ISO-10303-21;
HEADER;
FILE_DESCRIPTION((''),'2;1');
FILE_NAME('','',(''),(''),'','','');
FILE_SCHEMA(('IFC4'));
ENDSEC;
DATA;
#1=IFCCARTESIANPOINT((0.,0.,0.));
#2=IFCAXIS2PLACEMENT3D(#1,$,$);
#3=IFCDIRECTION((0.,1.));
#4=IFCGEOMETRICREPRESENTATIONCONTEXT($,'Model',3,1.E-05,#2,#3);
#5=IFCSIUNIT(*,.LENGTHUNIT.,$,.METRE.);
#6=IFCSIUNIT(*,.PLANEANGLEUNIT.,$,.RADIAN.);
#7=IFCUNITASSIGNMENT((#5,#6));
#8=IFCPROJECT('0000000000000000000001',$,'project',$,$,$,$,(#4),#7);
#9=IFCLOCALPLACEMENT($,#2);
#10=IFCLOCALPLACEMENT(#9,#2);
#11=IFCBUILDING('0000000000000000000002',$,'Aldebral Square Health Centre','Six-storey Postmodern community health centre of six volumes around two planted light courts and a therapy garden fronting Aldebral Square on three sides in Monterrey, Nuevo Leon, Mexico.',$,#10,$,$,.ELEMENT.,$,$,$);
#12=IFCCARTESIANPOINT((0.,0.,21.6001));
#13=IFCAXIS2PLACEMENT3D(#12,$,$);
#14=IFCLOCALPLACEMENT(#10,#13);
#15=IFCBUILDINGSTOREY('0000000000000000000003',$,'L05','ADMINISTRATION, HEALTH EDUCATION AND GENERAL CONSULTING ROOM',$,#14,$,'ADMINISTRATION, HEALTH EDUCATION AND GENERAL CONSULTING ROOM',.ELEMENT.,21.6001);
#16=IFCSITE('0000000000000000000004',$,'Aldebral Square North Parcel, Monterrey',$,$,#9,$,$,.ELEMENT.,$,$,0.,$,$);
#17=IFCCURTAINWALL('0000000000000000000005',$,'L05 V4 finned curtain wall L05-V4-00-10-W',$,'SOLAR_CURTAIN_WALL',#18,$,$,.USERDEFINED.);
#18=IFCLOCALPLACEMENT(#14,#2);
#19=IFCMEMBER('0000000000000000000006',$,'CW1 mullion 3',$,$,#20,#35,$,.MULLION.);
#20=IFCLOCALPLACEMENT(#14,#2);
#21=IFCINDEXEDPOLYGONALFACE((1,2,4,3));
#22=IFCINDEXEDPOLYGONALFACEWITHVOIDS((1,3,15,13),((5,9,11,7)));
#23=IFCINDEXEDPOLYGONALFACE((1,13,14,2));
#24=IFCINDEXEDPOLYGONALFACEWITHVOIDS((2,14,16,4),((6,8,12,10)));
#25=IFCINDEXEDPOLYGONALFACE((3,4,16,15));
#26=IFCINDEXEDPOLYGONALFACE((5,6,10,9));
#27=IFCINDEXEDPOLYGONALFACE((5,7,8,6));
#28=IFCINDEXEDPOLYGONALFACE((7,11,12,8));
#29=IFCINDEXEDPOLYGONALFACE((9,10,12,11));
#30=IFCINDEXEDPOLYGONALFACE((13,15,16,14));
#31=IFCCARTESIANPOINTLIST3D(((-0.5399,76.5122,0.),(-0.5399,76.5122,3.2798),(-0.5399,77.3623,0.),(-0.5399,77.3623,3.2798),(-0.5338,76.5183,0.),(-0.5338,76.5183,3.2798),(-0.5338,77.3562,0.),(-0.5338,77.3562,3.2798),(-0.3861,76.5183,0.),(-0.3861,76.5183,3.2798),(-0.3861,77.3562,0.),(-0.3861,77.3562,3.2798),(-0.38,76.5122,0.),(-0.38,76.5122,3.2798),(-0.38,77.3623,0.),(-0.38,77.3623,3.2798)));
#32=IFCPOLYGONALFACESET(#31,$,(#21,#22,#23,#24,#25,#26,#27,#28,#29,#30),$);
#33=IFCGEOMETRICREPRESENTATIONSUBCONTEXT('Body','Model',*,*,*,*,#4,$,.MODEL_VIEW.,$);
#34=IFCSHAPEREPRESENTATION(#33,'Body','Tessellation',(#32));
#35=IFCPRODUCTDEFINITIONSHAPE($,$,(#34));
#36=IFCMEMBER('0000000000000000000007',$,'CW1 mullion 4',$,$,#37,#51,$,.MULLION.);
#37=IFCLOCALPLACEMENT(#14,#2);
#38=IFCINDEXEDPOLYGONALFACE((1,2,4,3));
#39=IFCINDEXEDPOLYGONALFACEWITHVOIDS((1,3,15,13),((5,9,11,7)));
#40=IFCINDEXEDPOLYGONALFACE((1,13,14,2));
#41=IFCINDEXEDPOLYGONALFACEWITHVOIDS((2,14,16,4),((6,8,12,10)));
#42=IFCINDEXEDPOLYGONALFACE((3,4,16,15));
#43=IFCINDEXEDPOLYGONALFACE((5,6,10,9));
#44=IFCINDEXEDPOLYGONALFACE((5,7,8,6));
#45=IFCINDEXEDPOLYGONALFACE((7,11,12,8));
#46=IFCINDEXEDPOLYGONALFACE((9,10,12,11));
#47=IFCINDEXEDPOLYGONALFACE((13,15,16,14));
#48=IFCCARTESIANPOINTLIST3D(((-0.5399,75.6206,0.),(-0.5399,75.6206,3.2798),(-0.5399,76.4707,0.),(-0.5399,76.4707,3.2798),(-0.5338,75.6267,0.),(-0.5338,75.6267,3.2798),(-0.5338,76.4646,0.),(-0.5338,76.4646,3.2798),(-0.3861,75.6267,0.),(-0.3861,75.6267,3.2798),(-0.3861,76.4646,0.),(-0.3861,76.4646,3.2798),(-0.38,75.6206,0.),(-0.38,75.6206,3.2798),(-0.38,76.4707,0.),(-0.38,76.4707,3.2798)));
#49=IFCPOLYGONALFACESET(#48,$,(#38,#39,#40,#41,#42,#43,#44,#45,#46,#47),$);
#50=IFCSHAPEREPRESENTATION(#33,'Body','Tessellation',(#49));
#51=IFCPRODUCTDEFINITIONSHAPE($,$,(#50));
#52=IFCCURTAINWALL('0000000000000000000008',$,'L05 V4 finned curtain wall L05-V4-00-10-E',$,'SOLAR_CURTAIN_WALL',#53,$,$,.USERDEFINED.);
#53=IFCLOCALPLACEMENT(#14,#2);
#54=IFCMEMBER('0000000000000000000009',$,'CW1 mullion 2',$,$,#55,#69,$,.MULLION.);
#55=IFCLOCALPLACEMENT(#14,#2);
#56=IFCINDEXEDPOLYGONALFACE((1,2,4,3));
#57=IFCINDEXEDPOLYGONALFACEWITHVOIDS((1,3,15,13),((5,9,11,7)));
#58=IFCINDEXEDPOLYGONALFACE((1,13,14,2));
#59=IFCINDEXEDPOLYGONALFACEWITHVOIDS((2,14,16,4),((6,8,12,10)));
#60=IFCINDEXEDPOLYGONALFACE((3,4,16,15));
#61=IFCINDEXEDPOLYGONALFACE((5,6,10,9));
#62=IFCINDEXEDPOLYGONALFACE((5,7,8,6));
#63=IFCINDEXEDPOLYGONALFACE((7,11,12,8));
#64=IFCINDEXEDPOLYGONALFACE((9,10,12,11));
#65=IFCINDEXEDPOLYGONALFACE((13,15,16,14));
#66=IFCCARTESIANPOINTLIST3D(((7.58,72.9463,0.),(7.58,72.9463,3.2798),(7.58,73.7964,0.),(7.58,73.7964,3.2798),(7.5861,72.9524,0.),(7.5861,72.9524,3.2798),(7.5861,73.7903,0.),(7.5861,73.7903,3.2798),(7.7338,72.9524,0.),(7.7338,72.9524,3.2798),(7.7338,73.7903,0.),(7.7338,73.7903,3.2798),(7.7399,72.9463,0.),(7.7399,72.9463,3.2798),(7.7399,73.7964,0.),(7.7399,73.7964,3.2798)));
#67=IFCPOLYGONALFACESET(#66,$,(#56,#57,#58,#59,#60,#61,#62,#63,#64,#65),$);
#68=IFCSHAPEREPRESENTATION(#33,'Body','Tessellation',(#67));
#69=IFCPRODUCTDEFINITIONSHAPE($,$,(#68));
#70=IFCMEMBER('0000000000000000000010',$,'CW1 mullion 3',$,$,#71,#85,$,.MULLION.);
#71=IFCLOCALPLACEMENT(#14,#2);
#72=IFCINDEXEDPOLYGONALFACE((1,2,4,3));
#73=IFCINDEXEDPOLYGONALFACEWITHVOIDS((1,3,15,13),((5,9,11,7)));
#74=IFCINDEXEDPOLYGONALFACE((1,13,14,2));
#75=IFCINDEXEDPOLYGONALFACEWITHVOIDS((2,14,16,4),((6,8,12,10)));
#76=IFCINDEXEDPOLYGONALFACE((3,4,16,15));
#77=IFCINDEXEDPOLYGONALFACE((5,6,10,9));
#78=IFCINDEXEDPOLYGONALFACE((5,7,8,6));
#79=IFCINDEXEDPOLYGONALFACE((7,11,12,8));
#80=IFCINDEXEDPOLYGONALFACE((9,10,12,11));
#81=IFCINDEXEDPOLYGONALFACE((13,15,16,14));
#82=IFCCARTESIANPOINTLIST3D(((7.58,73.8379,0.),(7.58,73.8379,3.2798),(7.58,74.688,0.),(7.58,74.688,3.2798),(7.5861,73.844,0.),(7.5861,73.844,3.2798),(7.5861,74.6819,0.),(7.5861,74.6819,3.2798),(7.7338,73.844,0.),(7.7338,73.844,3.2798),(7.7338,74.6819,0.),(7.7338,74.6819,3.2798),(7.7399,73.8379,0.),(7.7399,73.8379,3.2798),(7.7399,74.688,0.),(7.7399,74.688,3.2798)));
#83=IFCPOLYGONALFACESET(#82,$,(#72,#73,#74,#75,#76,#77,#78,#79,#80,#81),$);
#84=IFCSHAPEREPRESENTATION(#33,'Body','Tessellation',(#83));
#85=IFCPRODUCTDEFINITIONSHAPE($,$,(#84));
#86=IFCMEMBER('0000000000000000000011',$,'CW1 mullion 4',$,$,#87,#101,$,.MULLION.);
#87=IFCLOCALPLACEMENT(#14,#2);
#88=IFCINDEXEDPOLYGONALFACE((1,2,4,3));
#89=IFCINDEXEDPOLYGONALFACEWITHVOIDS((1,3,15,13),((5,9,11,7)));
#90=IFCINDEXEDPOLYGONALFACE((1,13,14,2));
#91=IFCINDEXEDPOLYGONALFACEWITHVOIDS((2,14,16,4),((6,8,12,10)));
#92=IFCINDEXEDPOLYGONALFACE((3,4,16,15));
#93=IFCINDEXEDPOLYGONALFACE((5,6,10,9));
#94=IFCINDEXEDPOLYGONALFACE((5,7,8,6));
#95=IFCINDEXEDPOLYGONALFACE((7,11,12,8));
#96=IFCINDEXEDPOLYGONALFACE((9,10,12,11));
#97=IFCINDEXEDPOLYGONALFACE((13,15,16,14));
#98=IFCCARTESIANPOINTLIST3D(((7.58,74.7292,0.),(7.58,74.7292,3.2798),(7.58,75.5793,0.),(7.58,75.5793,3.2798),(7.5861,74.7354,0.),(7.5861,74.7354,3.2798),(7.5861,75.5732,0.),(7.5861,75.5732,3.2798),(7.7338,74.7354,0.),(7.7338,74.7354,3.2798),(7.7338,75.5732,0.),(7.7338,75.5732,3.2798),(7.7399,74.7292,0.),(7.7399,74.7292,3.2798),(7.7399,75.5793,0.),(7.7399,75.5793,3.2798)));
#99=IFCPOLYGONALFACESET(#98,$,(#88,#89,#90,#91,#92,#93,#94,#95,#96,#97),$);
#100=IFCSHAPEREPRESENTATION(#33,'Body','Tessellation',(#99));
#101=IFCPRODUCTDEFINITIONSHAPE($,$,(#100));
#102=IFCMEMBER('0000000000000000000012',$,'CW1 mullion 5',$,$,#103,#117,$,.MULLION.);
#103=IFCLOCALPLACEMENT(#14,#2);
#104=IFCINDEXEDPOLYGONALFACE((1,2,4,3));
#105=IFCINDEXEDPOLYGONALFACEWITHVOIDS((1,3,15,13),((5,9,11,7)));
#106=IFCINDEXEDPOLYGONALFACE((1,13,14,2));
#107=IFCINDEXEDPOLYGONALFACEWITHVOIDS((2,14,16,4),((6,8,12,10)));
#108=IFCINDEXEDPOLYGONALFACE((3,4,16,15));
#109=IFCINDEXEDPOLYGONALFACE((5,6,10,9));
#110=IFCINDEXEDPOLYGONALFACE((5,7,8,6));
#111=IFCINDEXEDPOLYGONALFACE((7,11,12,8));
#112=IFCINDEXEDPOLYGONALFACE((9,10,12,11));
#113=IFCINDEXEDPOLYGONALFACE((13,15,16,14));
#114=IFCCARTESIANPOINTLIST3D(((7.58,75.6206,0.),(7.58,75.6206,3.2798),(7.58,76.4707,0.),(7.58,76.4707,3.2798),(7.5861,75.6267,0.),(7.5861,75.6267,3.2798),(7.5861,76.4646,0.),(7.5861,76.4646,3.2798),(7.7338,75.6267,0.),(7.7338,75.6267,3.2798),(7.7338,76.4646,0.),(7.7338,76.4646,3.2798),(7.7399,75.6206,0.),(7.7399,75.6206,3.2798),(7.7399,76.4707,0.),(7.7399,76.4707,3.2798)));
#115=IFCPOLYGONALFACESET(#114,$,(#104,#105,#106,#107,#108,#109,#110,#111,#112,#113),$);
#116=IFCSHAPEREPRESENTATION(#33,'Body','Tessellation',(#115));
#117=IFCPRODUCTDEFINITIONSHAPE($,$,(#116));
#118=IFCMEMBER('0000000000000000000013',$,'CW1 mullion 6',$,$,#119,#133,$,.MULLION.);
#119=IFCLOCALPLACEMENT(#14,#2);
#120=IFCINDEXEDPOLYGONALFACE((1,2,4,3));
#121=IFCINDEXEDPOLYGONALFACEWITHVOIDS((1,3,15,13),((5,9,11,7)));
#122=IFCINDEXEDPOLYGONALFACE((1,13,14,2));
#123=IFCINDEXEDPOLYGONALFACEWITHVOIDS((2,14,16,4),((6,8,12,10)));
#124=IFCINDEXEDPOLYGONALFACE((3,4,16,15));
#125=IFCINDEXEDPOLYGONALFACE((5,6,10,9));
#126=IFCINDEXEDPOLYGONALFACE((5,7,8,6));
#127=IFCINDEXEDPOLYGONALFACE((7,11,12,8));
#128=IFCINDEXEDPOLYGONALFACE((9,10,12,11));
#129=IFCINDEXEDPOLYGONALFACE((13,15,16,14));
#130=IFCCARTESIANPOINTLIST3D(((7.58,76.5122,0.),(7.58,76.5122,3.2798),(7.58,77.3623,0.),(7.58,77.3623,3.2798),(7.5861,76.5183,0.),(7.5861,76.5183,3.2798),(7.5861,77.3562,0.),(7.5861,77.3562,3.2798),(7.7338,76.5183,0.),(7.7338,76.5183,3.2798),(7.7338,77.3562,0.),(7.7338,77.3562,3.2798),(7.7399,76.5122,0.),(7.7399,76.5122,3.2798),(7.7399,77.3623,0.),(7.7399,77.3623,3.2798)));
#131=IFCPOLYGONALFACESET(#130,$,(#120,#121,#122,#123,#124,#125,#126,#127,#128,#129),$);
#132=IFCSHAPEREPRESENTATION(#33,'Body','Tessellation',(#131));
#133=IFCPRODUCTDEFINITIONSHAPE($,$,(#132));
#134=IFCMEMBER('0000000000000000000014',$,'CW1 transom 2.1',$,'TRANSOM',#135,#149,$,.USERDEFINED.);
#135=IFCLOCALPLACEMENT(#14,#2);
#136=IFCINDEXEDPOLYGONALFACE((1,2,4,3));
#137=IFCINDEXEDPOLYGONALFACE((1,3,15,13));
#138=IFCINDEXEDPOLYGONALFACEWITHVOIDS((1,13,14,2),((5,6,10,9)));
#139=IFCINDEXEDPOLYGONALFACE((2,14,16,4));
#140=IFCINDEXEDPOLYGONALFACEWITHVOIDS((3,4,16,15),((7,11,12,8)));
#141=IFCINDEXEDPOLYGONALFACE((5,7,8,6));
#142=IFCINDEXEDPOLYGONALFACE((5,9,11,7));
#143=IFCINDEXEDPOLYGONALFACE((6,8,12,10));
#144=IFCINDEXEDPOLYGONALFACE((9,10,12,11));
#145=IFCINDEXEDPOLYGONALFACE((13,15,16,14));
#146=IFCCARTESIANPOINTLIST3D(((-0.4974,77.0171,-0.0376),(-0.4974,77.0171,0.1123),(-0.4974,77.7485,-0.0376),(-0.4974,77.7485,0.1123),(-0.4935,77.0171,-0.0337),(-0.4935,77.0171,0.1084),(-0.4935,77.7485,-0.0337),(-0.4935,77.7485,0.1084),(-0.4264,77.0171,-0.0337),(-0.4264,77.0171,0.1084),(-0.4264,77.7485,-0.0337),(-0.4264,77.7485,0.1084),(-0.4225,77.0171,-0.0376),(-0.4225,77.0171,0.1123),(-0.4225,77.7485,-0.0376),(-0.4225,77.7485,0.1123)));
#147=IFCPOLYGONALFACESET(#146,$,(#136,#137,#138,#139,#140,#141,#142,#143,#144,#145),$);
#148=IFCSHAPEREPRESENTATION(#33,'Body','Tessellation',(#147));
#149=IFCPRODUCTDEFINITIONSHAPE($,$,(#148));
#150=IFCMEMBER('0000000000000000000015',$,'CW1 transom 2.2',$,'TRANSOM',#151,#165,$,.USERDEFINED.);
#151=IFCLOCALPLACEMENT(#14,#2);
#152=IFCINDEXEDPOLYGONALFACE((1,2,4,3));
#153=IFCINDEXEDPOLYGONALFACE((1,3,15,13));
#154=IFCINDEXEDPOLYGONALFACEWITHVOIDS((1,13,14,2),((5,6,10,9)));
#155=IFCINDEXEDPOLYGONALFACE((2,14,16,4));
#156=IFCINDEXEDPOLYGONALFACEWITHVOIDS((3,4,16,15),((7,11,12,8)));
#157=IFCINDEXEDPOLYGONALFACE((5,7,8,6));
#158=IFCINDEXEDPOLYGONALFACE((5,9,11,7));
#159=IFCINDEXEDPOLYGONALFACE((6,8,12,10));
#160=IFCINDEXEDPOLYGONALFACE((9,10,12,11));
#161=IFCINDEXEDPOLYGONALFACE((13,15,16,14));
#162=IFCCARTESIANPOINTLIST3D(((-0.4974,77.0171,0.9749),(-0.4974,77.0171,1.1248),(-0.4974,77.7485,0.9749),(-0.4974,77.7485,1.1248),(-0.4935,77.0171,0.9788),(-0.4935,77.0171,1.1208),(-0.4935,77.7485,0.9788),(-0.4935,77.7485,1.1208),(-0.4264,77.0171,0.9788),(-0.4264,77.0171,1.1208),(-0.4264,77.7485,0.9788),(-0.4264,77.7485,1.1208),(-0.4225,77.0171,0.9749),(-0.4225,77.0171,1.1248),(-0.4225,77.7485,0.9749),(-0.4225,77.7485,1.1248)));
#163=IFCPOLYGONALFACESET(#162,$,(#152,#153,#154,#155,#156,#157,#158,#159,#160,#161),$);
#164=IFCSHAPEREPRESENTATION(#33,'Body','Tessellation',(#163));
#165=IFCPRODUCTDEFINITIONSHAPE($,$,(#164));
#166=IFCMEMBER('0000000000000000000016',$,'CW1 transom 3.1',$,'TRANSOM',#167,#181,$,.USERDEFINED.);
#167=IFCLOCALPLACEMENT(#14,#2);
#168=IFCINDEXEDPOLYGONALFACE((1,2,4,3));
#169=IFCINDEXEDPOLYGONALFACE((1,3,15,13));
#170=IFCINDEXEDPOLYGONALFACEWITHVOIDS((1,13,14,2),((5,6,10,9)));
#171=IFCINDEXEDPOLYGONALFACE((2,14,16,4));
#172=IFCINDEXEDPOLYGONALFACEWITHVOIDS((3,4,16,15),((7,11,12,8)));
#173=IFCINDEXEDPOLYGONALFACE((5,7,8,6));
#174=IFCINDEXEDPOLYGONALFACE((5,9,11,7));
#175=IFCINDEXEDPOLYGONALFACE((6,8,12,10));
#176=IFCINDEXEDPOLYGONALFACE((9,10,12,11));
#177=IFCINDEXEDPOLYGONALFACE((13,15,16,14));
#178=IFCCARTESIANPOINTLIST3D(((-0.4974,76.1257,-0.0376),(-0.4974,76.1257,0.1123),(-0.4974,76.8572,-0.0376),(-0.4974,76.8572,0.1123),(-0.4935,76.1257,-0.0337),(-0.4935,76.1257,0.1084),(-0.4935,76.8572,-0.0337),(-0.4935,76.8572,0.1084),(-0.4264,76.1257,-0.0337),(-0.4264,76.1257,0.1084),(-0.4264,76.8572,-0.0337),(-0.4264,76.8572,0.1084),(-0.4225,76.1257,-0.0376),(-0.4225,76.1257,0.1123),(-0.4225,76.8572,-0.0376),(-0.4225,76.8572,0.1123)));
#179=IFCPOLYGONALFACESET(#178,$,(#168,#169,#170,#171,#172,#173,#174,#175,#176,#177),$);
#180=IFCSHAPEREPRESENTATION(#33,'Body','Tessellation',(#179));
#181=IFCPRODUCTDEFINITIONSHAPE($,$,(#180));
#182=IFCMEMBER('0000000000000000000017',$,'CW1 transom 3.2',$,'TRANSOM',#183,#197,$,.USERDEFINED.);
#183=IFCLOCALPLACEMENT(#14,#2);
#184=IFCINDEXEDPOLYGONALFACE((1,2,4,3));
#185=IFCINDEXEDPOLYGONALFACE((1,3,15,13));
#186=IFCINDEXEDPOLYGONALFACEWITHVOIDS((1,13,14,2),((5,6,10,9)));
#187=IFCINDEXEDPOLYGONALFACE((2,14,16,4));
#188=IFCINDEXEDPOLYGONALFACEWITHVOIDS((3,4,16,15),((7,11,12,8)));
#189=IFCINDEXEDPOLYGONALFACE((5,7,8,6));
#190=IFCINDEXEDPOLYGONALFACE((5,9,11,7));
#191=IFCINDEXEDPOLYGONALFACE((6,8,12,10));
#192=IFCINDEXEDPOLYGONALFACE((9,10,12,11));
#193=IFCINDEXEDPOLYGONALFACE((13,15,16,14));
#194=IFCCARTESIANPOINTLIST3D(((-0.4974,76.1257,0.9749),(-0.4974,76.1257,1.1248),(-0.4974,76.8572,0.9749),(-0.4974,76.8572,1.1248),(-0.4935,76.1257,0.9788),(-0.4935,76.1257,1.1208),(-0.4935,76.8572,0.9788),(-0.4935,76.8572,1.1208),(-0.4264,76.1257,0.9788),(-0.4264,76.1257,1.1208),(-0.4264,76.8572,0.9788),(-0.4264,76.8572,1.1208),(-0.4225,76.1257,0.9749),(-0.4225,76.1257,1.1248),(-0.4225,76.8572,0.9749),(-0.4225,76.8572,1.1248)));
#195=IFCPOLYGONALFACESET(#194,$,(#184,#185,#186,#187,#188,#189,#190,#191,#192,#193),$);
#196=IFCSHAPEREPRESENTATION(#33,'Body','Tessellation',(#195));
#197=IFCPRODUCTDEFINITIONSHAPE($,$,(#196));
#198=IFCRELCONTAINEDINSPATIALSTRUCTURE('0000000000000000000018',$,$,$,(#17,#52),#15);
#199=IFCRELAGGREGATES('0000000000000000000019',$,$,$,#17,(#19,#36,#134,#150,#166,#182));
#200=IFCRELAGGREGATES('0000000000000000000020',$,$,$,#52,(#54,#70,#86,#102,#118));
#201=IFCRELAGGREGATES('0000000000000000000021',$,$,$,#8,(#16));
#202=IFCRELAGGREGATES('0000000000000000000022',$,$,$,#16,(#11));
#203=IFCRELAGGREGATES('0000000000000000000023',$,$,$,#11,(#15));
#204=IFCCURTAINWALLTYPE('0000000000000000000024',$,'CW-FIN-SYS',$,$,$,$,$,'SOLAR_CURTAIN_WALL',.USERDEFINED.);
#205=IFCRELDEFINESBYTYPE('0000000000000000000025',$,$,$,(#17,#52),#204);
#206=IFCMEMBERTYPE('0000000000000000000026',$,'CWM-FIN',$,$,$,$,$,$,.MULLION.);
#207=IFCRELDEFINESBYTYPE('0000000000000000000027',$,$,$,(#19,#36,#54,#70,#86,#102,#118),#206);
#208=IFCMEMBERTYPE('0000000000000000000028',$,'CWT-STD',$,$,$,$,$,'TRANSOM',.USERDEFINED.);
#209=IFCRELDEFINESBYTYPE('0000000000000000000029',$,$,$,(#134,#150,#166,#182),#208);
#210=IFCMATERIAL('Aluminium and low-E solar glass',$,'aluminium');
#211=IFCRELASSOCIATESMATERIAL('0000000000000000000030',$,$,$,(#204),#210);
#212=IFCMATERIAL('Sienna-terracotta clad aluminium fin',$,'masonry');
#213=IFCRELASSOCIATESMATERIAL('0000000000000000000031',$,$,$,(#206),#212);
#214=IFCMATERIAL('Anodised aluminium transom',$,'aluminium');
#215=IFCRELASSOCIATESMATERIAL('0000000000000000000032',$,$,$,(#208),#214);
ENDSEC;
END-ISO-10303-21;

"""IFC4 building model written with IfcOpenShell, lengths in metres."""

from ifc_helpers import new_model, si_unit, direction, frame, origin, origin_2d, place, context, subcontext, project, spatial, hollow_rectangle, extrude, material, material_profile, profile_set, type_object, element, aggregate, save


model = new_model("IFC4")

# Units and contexts
model_context = context("Model", 3, precision=1e-05, world=origin(), true_north=direction((0.0, 1.0)))
body_context = subcontext(model_context, "Body", "Model", "MODEL_VIEW")
ifc_project = project(units=[si_unit("LENGTHUNIT", "METRE"), si_unit("PLANEANGLEUNIT", "RADIAN")], contexts=[model_context])

# Site, building, storey
site_placement = place(None, origin())
site = spatial("IfcSite", under=ifc_project, at=site_placement, Name="Aldebral Square North Parcel, Monterrey", CompositionType="ELEMENT", RefElevation=0.0)
building_placement = place(site_placement, origin())
building = spatial("IfcBuilding", under=site, at=building_placement, Name="Aldebral Square Health Centre", Description="Six-storey Postmodern community health centre of six volumes around two planted light courts and a therapy garden fronting Aldebral Square on three sides in Monterrey, Nuevo Leon, Mexico.", CompositionType="ELEMENT")
storey_placement = place(building_placement, frame((0.0, 0.0, 21.6001)))
storey = spatial("IfcBuildingStorey", under=building, at=storey_placement, Name="L05", Description="ADMINISTRATION, HEALTH EDUCATION AND GENERAL CONSULTING ROOM", LongName="ADMINISTRATION, HEALTH EDUCATION AND GENERAL CONSULTING ROOM", CompositionType="ELEMENT", Elevation=21.6001)

# Curtain walls, members
ifc_material_1 = material(Name="Aluminium and low-E solar glass", Category="aluminium")
curtain_wall_type = type_object("IfcCurtainWallType", Name="CW-FIN-SYS", ElementType="SOLAR_CURTAIN_WALL", PredefinedType="USERDEFINED", material=ifc_material_1)
curtain_wall_1_placement = place(storey_placement, origin())
curtain_wall_1 = element("IfcCurtainWall", 1, at=curtain_wall_1_placement, inside=storey, type_object=curtain_wall_type, Name="L05 V4 finned curtain wall L05-V4-00-10-W", ObjectType="SOLAR_CURTAIN_WALL", PredefinedType="USERDEFINED")
ifc_material_2 = material(Name="Sienna-terracotta clad aluminium fin", Category="masonry")
ifc_material_profile_1 = material_profile(ifc_material_2, hollow_rectangle(XDim=0.1599, YDim=0.8501, WallThickness=0.0061, at=origin_2d()), Name="FIN 160x850x6")
ifc_profile_set_1 = profile_set([ifc_material_profile_1], Name="Sienna-terracotta clad aluminium fin")
member_type_1 = type_object("IfcMemberType", Name="CWM-FIN", PredefinedType="MULLION", material=ifc_profile_set_1)
member_1_placement = place(storey_placement, frame((-0.46, 76.9373, 0.0), z_axis=(0.0, 0.0, 1.0), x_axis=(1.0, 0.0, 0.0)))
member_1 = element("IfcMember", 2, at=member_1_placement, type_object=member_type_1, Name="CW1 mullion 3", PredefinedType="MULLION", context=body_context, shape_type="SweptSolid", body=[
    extrude(hollow_rectangle(XDim=0.1599, YDim=0.8501, WallThickness=0.0061, at=origin_2d()), origin(), (0.0, 0.0, 1.0), 3.2798),
])
member_2_placement = place(storey_placement, frame((-0.46, 76.0457, 0.0), z_axis=(0.0, 0.0, 1.0), x_axis=(1.0, 0.0, 0.0)))
member_2 = element("IfcMember", 3, at=member_2_placement, type_object=member_type_1, Name="CW1 mullion 4", PredefinedType="MULLION", context=body_context, shape_type="SweptSolid", body=[
    extrude(hollow_rectangle(XDim=0.1599, YDim=0.8501, WallThickness=0.0061, at=origin_2d()), origin(), (0.0, 0.0, 1.0), 3.2798),
])
curtain_wall_2_placement = place(storey_placement, origin())
curtain_wall_2 = element("IfcCurtainWall", 4, at=curtain_wall_2_placement, inside=storey, type_object=curtain_wall_type, Name="L05 V4 finned curtain wall L05-V4-00-10-E", ObjectType="SOLAR_CURTAIN_WALL", PredefinedType="USERDEFINED")
member_3_placement = place(storey_placement, frame((7.6599, 73.3713, 0.0), z_axis=(0.0, 0.0, 1.0), x_axis=(-1.0, 0.0, 0.0)))
member_3 = element("IfcMember", 5, at=member_3_placement, type_object=member_type_1, Name="CW1 mullion 2", PredefinedType="MULLION", context=body_context, shape_type="SweptSolid", body=[
    extrude(hollow_rectangle(XDim=0.1599, YDim=0.8501, WallThickness=0.0061, at=origin_2d()), origin(), (0.0, 0.0, 1.0), 3.2798),
])
member_4_placement = place(storey_placement, frame((7.6599, 74.2629, 0.0), z_axis=(0.0, 0.0, 1.0), x_axis=(-1.0, 0.0, 0.0)))
member_4 = element("IfcMember", 6, at=member_4_placement, type_object=member_type_1, Name="CW1 mullion 3", PredefinedType="MULLION", context=body_context, shape_type="SweptSolid", body=[
    extrude(hollow_rectangle(XDim=0.1599, YDim=0.8501, WallThickness=0.0061, at=origin_2d()), origin(), (0.0, 0.0, 1.0), 3.2798),
])
member_5_placement = place(storey_placement, frame((7.6599, 75.1543, 0.0), z_axis=(0.0, 0.0, 1.0), x_axis=(-1.0, 0.0, 0.0)))
member_5 = element("IfcMember", 7, at=member_5_placement, type_object=member_type_1, Name="CW1 mullion 4", PredefinedType="MULLION", context=body_context, shape_type="SweptSolid", body=[
    extrude(hollow_rectangle(XDim=0.1599, YDim=0.8501, WallThickness=0.0061, at=origin_2d()), origin(), (0.0, 0.0, 1.0), 3.2798),
])
member_6_placement = place(storey_placement, frame((7.6599, 76.0457, 0.0), z_axis=(0.0, 0.0, 1.0), x_axis=(-1.0, 0.0, 0.0)))
member_6 = element("IfcMember", 8, at=member_6_placement, type_object=member_type_1, Name="CW1 mullion 5", PredefinedType="MULLION", context=body_context, shape_type="SweptSolid", body=[
    extrude(hollow_rectangle(XDim=0.1599, YDim=0.8501, WallThickness=0.0061, at=origin_2d()), origin(), (0.0, 0.0, 1.0), 3.2798),
])
member_7_placement = place(storey_placement, frame((7.6599, 76.9373, 0.0), z_axis=(0.0, 0.0, 1.0), x_axis=(-1.0, 0.0, 0.0)))
member_7 = element("IfcMember", 9, at=member_7_placement, type_object=member_type_1, Name="CW1 mullion 6", PredefinedType="MULLION", context=body_context, shape_type="SweptSolid", body=[
    extrude(hollow_rectangle(XDim=0.1599, YDim=0.8501, WallThickness=0.0061, at=origin_2d()), origin(), (0.0, 0.0, 1.0), 3.2798),
])

# Members
ifc_material_3 = material(Name="Anodised aluminium transom", Category="aluminium")
ifc_material_profile_2 = material_profile(ifc_material_3, hollow_rectangle(XDim=0.075, YDim=0.1499, WallThickness=0.0039, at=origin_2d()), Name="CWT 75x150x4")
ifc_profile_set_2 = profile_set([ifc_material_profile_2], Name="Anodised aluminium transom")
member_type_2 = type_object("IfcMemberType", Name="CWT-STD", ElementType="TRANSOM", PredefinedType="USERDEFINED", material=ifc_profile_set_2)
member_8_placement = place(storey_placement, frame((-0.46, 77.7485, 0.0374), z_axis=(0.0, -1.0, 0.0), x_axis=(1.0, 0.0, 0.0)))
member_8 = element("IfcMember", 10, at=member_8_placement, type_object=member_type_2, Name="CW1 transom 2.1", ObjectType="TRANSOM", PredefinedType="USERDEFINED", context=body_context, shape_type="SweptSolid", body=[
    extrude(hollow_rectangle(XDim=0.075, YDim=0.1499, WallThickness=0.0039, at=origin_2d()), origin(), (0.0, 0.0, 1.0), 0.7314),
])
member_9_placement = place(storey_placement, frame((-0.46, 77.7485, 1.0498), z_axis=(0.0, -1.0, 0.0), x_axis=(1.0, 0.0, 0.0)))
member_9 = element("IfcMember", 11, at=member_9_placement, type_object=member_type_2, Name="CW1 transom 2.2", ObjectType="TRANSOM", PredefinedType="USERDEFINED", context=body_context, shape_type="SweptSolid", body=[
    extrude(hollow_rectangle(XDim=0.075, YDim=0.1499, WallThickness=0.0039, at=origin_2d()), origin(), (0.0, 0.0, 1.0), 0.7314),
])
member_10_placement = place(storey_placement, frame((-0.46, 76.8572, 0.0374), z_axis=(0.0, -1.0, 0.0), x_axis=(1.0, 0.0, 0.0)))
member_10 = element("IfcMember", 12, at=member_10_placement, type_object=member_type_2, Name="CW1 transom 3.1", ObjectType="TRANSOM", PredefinedType="USERDEFINED", context=body_context, shape_type="SweptSolid", body=[
    extrude(hollow_rectangle(XDim=0.075, YDim=0.1499, WallThickness=0.0039, at=origin_2d()), origin(), (0.0, 0.0, 1.0), 0.7314),
])
member_11_placement = place(storey_placement, frame((-0.46, 76.8572, 1.0498), z_axis=(0.0, -1.0, 0.0), x_axis=(1.0, 0.0, 0.0)))
member_11 = element("IfcMember", 13, at=member_11_placement, type_object=member_type_2, Name="CW1 transom 3.2", ObjectType="TRANSOM", PredefinedType="USERDEFINED", context=body_context, shape_type="SweptSolid", body=[
    extrude(hollow_rectangle(XDim=0.075, YDim=0.1499, WallThickness=0.0039, at=origin_2d()), origin(), (0.0, 0.0, 1.0), 0.7314),
])

aggregate(curtain_wall_1, [member_1, member_2, member_8, member_9, member_10, member_11])
aggregate(curtain_wall_2, [member_3, member_4, member_5, member_6, member_7])

save(model, "model.ifc")
